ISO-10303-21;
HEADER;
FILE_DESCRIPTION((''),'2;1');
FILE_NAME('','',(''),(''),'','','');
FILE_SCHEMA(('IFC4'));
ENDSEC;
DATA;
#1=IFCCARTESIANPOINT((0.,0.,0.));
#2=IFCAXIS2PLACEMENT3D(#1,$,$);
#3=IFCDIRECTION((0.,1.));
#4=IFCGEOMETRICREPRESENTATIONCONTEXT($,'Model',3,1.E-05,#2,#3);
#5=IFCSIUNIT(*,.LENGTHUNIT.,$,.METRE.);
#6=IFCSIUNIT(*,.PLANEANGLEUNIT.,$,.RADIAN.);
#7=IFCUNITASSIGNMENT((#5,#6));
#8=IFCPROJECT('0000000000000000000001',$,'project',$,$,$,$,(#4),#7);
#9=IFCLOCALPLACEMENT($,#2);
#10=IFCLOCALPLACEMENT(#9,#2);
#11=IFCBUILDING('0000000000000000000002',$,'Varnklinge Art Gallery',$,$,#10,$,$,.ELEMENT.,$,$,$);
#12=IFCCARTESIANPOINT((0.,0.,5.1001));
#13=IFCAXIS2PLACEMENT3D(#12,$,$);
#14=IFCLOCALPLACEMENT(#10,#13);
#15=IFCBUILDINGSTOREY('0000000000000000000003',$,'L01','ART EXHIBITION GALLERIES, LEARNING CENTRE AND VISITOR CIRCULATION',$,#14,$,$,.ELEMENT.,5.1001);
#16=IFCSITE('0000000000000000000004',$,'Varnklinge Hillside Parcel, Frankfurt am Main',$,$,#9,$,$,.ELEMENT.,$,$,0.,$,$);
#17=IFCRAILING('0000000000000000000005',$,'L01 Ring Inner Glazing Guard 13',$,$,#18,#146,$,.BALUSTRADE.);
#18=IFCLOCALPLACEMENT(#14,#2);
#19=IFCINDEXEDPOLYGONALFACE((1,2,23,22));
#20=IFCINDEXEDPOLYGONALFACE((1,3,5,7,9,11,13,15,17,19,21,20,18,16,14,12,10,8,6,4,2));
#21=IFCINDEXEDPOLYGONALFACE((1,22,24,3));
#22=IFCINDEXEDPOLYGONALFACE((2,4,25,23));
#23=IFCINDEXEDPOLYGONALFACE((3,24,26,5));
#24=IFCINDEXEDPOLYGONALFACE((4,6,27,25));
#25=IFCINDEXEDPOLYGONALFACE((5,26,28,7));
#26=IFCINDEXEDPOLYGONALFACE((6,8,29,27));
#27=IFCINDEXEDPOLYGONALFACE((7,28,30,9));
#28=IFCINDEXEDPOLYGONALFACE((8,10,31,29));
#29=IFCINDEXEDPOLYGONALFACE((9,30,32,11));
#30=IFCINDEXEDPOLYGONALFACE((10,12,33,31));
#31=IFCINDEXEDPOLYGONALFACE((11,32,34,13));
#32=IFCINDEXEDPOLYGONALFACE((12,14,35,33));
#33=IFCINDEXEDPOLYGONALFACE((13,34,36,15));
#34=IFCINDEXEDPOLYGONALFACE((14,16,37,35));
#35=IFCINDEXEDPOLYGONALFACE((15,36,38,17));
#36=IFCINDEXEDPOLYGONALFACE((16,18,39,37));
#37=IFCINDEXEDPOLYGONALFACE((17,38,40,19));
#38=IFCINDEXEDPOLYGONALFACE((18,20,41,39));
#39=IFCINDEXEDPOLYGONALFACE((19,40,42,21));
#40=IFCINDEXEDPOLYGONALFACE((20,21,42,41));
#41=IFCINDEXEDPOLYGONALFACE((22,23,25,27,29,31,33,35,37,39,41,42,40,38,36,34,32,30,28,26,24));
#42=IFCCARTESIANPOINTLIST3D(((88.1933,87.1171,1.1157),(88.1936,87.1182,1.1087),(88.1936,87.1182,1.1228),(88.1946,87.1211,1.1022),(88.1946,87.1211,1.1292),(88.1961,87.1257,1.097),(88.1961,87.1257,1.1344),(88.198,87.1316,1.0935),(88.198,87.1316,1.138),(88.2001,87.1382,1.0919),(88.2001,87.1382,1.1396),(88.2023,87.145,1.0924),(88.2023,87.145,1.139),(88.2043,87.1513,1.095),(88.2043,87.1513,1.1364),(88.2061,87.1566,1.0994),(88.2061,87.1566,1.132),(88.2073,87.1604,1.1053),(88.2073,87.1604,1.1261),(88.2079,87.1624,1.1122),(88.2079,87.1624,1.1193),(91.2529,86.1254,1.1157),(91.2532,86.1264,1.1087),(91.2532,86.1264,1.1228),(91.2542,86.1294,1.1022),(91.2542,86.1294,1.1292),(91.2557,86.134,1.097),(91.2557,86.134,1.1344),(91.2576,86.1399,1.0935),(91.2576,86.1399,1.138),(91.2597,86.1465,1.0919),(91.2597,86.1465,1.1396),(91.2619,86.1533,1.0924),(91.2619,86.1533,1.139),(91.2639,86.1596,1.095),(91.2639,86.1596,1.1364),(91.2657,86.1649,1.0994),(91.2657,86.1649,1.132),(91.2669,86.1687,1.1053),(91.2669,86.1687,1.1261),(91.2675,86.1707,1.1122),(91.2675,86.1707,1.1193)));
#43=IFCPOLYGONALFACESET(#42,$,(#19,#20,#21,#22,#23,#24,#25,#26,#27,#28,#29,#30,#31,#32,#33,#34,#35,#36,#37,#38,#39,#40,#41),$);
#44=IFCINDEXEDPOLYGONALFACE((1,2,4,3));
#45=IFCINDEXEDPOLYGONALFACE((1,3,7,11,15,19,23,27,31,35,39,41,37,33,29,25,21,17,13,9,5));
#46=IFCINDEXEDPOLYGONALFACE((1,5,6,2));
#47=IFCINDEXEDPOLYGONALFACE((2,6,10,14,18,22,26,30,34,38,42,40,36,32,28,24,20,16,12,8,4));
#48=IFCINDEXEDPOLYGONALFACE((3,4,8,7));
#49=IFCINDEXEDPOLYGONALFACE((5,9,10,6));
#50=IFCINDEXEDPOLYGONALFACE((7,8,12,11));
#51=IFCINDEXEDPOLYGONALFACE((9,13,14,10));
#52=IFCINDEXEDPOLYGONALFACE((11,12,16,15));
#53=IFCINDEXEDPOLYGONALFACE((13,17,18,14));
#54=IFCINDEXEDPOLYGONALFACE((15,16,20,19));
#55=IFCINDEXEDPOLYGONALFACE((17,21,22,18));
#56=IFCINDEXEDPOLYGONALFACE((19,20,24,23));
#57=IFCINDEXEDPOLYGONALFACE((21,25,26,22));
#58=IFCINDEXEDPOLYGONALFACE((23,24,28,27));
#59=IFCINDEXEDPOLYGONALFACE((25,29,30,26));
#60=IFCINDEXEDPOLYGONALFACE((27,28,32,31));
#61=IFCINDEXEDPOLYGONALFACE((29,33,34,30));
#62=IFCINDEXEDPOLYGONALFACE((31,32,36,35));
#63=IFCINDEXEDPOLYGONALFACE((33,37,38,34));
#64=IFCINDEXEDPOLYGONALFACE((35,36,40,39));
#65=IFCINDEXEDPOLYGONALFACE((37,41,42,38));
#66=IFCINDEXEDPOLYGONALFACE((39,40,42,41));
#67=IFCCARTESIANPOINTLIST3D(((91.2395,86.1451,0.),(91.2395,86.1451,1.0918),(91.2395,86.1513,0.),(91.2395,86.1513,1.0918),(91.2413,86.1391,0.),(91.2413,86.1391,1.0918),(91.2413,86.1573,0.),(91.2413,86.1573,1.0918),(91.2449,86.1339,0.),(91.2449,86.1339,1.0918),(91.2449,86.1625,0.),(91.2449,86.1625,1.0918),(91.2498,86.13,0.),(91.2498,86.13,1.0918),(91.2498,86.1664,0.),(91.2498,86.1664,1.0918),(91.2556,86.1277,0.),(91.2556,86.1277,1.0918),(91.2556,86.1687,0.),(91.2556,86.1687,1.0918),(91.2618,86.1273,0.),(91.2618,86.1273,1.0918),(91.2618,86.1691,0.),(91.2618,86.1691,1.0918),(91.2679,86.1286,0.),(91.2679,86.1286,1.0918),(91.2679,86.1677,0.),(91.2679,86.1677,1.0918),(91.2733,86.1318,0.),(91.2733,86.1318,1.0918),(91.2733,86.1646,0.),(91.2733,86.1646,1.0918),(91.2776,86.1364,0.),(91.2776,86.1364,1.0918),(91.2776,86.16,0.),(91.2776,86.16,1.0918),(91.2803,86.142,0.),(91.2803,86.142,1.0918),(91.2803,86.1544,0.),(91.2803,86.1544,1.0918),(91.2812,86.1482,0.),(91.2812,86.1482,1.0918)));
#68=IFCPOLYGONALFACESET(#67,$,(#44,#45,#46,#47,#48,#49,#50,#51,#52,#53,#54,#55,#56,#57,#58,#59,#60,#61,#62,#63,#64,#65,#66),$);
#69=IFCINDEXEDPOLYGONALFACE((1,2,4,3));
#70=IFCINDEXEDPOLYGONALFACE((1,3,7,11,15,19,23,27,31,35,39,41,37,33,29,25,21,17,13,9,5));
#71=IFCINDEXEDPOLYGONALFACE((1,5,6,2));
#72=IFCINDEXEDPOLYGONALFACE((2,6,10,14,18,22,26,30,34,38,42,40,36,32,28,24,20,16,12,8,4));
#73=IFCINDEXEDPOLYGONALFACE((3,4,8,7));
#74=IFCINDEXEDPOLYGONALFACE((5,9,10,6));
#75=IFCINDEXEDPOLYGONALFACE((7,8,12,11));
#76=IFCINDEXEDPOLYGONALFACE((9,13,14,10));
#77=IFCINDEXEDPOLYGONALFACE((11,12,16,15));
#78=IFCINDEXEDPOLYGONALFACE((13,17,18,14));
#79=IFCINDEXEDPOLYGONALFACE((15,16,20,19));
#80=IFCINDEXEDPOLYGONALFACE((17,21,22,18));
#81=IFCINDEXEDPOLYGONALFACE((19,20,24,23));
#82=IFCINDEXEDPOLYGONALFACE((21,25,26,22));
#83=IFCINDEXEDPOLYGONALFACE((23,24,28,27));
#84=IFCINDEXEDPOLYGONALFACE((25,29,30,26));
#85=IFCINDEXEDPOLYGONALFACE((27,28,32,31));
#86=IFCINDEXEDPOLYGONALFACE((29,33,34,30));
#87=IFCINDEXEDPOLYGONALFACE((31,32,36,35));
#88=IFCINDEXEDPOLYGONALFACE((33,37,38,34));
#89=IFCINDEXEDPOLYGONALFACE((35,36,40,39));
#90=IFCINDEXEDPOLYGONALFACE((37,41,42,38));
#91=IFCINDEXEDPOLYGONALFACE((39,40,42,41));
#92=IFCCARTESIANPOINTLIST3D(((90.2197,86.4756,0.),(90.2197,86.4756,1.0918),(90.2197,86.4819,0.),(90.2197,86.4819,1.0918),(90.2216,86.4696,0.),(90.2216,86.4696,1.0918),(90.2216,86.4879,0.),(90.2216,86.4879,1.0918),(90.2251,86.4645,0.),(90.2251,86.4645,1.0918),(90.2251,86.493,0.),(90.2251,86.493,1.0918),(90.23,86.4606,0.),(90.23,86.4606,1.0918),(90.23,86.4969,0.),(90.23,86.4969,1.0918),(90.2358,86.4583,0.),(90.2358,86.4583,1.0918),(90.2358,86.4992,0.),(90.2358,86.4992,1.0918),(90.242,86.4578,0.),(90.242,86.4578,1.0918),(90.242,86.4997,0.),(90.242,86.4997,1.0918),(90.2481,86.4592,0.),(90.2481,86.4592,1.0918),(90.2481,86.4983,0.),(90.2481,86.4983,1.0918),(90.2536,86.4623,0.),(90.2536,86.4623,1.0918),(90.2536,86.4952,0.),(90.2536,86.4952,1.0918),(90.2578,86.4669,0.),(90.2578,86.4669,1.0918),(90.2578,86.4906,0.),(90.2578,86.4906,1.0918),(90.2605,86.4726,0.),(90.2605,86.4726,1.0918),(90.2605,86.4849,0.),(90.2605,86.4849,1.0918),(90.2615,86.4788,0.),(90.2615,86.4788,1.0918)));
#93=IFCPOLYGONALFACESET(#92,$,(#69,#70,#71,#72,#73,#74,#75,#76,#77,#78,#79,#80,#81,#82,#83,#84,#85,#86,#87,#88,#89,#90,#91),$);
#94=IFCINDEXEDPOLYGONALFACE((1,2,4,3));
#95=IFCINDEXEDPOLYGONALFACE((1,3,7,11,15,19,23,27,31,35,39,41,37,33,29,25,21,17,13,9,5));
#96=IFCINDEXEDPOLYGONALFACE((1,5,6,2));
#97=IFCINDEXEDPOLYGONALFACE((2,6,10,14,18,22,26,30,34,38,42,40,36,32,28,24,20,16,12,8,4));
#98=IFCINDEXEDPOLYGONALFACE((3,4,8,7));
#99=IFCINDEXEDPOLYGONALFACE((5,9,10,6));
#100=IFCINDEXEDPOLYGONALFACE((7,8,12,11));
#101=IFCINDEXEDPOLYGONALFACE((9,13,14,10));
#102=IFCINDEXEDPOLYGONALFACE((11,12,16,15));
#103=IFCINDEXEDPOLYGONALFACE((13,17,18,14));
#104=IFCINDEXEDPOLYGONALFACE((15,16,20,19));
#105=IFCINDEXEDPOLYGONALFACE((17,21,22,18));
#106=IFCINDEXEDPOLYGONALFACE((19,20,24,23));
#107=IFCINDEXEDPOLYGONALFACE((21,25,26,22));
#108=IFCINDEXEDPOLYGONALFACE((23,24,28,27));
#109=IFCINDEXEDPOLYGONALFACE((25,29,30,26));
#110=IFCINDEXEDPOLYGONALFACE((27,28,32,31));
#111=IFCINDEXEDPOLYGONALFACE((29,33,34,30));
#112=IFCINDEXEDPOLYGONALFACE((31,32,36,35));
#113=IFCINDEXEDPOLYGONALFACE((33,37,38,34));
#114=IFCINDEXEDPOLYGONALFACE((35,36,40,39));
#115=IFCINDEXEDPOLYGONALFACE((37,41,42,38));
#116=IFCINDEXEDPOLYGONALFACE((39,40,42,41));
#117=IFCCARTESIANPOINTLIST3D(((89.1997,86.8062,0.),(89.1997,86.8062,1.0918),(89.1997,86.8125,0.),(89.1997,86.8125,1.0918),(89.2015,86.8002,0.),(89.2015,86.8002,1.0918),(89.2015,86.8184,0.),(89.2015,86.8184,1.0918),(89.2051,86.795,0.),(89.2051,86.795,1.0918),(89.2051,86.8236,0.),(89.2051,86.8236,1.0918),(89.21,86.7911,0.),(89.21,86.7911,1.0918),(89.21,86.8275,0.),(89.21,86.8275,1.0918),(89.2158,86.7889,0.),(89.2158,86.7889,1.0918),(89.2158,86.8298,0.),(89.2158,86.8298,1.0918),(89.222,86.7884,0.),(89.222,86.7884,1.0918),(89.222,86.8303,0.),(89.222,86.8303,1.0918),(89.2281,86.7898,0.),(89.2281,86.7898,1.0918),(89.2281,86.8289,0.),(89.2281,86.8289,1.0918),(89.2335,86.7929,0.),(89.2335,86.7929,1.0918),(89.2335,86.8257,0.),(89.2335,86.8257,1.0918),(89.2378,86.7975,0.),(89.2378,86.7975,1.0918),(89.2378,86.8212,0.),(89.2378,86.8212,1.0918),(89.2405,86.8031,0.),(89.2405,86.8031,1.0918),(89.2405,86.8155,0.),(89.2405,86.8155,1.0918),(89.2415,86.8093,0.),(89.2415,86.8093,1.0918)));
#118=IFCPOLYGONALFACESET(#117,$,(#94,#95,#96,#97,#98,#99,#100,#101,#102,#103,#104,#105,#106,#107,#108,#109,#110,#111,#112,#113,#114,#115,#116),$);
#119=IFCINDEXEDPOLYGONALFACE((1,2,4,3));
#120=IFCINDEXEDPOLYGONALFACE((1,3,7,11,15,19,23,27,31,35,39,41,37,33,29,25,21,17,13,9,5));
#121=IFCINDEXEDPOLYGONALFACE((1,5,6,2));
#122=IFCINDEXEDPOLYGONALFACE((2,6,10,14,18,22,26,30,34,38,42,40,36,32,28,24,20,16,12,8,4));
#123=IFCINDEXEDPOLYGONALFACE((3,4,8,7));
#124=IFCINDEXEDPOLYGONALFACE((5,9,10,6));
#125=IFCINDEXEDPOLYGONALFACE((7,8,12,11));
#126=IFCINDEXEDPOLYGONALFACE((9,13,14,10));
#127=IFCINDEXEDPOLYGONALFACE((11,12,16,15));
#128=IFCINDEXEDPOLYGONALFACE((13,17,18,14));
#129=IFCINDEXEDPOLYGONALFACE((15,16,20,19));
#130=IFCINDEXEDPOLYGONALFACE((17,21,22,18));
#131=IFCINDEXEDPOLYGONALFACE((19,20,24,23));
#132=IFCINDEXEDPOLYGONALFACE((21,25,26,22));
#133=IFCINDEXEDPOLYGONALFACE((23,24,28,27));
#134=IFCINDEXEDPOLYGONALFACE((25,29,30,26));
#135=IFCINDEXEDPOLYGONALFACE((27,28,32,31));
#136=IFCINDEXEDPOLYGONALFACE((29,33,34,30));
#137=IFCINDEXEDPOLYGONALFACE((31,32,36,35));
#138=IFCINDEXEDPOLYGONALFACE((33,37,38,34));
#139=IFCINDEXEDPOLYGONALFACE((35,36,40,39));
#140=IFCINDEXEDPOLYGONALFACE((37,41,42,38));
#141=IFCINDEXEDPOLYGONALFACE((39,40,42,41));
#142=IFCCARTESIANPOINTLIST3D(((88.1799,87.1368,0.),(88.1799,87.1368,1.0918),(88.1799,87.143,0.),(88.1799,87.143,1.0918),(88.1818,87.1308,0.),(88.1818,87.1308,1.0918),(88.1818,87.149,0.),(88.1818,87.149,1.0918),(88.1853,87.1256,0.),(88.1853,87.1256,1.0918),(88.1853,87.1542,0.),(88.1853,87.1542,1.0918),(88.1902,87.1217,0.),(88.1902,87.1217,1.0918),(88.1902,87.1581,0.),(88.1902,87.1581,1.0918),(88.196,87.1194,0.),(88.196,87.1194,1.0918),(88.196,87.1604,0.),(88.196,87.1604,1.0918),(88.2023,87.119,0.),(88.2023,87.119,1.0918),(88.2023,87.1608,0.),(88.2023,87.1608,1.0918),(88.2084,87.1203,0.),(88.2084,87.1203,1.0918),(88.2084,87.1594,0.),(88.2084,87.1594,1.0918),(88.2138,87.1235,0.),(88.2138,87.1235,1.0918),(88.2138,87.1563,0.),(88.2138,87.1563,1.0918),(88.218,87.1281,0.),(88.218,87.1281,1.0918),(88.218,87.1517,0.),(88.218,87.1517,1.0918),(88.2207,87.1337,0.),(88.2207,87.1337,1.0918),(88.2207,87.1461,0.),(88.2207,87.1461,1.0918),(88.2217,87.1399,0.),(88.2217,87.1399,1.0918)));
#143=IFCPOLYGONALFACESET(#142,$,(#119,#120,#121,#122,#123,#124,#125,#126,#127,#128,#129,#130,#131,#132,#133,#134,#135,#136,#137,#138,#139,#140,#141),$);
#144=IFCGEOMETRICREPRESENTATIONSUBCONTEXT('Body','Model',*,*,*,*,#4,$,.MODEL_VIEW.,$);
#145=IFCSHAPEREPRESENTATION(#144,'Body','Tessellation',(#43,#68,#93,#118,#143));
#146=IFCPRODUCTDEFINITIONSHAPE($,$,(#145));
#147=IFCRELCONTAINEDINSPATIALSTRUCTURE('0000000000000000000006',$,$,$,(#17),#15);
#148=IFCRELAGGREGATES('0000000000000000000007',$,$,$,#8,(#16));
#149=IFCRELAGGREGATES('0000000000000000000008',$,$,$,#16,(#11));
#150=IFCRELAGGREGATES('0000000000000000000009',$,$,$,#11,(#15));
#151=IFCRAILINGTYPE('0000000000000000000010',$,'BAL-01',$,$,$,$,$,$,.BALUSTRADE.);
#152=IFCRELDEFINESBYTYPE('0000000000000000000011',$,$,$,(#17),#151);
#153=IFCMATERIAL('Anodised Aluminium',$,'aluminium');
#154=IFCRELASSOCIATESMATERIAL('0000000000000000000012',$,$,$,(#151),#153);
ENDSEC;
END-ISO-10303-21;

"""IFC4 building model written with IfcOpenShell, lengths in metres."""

from ifc_helpers import new_model, si_unit, direction, frame, origin, origin_2d, place, context, subcontext, project, spatial, circle, extrude, material, type_object, element, save


model = new_model("IFC4")

# Units and contexts
model_context = context("Model", 3, precision=1e-05, world=origin(), true_north=direction((0.0, 1.0)))
body_context = subcontext(model_context, "Body", "Model", "MODEL_VIEW")
ifc_project = project(units=[si_unit("LENGTHUNIT", "METRE"), si_unit("PLANEANGLEUNIT", "RADIAN")], contexts=[model_context])

# Site, building, storey
site_placement = place(None, origin())
site = spatial("IfcSite", under=ifc_project, at=site_placement, Name="Varnklinge Hillside Parcel, Frankfurt am Main", CompositionType="ELEMENT", RefElevation=0.0)
building_placement = place(site_placement, origin())
building = spatial("IfcBuilding", under=site, at=building_placement, Name="Varnklinge Art Gallery", CompositionType="ELEMENT")
storey_placement = place(building_placement, frame((0.0, 0.0, 5.1001)))
storey = spatial("IfcBuildingStorey", under=building, at=storey_placement, Name="L01", Description="ART EXHIBITION GALLERIES, LEARNING CENTRE AND VISITOR CIRCULATION", CompositionType="ELEMENT", Elevation=5.1001)

# Railing
ifc_material_1 = material(Name="Anodised Aluminium", Category="aluminium")
railing_type = type_object("IfcRailingType", Name="BAL-01", PredefinedType="BALUSTRADE", material=ifc_material_1)
railing_placement = place(storey_placement, frame((91.2603, 86.1482, 0.0)))
element("IfcRailing", 1, at=railing_placement, inside=storey, type_object=railing_type, Name="L01 Ring Inner Glazing Guard 13", PredefinedType="BALUSTRADE", context=body_context, shape_type="SweptSolid", body=[
    extrude(circle(Radius=0.0239, at=origin_2d()), frame((0.0, 0.0, 1.1157), z_axis=(-0.951277, 0.308338, 0.0), x_axis=(-0.308338, -0.951277, 0.0)), (0.0, 0.0, 1.0), 3.2163),
    extrude(circle(Radius=0.021, at=origin_2d()), origin(), (0.0, 0.0, 1.0), 1.0918),
    extrude(circle(Radius=0.021, at=origin_2d()), frame((-1.0198, 0.3306, 0.0)), (0.0, 0.0, 1.0), 1.0918),
    extrude(circle(Radius=0.021, at=origin_2d()), frame((-2.0398, 0.6611, 0.0)), (0.0, 0.0, 1.0), 1.0918),
    extrude(circle(Radius=0.021, at=origin_2d()), frame((-3.0596, 0.9917, 0.0)), (0.0, 0.0, 1.0), 1.0918),
])

save(model, "model.ifc")
